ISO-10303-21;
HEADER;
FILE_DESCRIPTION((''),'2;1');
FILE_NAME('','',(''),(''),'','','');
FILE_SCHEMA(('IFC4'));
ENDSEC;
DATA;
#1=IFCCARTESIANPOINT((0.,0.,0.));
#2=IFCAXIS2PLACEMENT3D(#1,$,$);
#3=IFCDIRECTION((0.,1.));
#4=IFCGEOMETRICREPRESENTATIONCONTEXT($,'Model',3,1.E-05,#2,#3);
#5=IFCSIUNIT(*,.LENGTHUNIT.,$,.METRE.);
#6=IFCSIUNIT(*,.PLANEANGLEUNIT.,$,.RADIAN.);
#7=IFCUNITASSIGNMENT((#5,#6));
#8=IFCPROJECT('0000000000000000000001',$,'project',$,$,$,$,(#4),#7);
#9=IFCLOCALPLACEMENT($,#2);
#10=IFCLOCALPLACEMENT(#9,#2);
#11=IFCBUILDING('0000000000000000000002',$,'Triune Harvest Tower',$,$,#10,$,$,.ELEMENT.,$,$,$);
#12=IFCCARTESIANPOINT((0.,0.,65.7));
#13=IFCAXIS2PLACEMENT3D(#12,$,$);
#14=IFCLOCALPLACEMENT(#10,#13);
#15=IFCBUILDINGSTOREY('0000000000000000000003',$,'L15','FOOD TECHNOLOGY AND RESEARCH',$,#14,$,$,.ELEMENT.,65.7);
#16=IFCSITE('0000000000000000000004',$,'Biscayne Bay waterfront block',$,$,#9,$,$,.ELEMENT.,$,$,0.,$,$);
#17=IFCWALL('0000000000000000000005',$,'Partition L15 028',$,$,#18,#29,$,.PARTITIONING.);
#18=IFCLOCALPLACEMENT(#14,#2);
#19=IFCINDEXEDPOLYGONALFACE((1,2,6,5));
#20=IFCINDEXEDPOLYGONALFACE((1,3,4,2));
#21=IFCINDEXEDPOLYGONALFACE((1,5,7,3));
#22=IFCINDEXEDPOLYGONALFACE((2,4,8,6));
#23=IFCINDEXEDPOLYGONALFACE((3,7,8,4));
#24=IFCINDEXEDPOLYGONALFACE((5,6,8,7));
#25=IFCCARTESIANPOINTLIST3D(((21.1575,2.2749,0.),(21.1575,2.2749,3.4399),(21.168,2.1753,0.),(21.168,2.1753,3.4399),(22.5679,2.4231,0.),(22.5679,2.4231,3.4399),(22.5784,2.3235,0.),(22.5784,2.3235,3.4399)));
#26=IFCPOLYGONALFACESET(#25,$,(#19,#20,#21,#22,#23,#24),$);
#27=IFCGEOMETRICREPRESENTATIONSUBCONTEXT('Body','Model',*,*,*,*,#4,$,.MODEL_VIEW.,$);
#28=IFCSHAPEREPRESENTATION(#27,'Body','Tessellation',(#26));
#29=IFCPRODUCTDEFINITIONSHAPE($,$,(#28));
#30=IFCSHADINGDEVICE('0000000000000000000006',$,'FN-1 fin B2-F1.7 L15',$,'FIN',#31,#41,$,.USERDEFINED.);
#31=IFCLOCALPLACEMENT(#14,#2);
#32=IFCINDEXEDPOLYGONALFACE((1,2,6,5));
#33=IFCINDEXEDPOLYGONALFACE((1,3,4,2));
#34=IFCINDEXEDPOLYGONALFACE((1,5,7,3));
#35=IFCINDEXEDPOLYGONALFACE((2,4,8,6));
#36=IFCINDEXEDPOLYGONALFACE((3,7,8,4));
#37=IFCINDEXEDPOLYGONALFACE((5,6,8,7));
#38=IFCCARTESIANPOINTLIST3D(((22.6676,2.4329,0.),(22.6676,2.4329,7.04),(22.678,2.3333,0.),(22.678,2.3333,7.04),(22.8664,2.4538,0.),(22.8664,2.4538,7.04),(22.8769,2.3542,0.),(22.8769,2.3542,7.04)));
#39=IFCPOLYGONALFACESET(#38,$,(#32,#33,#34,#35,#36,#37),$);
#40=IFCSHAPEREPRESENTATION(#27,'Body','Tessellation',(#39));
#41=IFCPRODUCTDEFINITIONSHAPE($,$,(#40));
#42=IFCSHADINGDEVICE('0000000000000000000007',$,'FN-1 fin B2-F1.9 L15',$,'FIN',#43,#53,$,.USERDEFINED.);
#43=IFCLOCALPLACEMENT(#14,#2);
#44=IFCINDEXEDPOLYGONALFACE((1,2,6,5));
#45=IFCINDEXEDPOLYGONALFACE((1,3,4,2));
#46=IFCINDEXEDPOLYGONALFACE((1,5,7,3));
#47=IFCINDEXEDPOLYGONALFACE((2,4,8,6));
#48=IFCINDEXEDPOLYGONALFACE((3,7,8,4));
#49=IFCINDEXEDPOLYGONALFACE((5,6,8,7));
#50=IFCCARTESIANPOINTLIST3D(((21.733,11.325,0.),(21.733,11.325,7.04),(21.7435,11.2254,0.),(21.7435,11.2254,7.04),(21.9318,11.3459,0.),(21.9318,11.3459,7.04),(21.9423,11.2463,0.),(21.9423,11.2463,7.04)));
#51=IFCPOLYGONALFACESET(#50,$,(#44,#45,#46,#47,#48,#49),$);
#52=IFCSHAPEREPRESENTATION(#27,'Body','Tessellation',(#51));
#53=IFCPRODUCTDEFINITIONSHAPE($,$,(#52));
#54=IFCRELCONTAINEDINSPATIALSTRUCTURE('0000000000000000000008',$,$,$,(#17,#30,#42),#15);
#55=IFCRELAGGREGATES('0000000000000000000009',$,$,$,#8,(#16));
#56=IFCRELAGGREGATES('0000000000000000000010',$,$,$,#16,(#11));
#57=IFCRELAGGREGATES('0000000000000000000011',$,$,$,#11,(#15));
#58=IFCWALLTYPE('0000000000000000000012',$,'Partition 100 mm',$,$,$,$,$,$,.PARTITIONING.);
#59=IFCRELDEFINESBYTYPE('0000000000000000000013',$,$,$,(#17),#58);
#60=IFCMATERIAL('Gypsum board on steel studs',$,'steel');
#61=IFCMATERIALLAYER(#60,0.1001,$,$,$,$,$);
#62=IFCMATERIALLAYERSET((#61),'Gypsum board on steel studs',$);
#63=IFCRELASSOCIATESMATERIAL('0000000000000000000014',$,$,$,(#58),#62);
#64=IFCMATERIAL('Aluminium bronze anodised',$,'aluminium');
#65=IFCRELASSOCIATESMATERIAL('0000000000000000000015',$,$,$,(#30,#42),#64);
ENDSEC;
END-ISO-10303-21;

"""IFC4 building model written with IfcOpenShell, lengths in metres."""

from ifc_helpers import new_model, si_unit, direction, frame, frame_2d, origin, origin_2d, place, context, subcontext, project, spatial, rectangle, extrude, source, transform, mapped, material, layer, layer_set, type_object, element, save


model = new_model("IFC4")

# Units and contexts
model_context = context("Model", 3, precision=1e-05, world=origin(), true_north=direction((0.0, 1.0)))
body_context = subcontext(model_context, "Body", "Model", "MODEL_VIEW")
ifc_project = project(units=[si_unit("LENGTHUNIT", "METRE"), si_unit("PLANEANGLEUNIT", "RADIAN")], contexts=[model_context])

# Site, building, storey
site_placement = place(None, origin())
site = spatial("IfcSite", under=ifc_project, at=site_placement, Name="Biscayne Bay waterfront block", CompositionType="ELEMENT", RefElevation=0.0)
building_placement = place(site_placement, origin())
building = spatial("IfcBuilding", under=site, at=building_placement, Name="Triune Harvest Tower", CompositionType="ELEMENT")
storey_placement = place(building_placement, frame((0.0, 0.0, 65.7)))
storey = spatial("IfcBuildingStorey", under=building, at=storey_placement, Name="L15", Description="FOOD TECHNOLOGY AND RESEARCH", CompositionType="ELEMENT", Elevation=65.7)

# Wall
ifc_material_1 = material(Name="Gypsum board on steel studs", Category="steel")
ifc_layer_1 = layer(ifc_material_1, 0.1001)
ifc_layer_set_1 = layer_set([ifc_layer_1], Name="Gypsum board on steel studs")
wall_type = type_object("IfcWallType", Name="Partition 100 mm", PredefinedType="PARTITIONING", material=ifc_layer_set_1)
shared_shape_1 = source(origin(), body_context, "Body", "SweptSolid", [
    extrude(rectangle(XDim=1.4182, YDim=0.1001, at=frame_2d((0.709, 0.0))), origin(), (0.0, 0.0, 1.0), 3.4399),
])
wall_placement = place(storey_placement, frame((21.1628, 2.2251, 0.0), z_axis=(0.0, 0.0, 1.0), x_axis=(0.994525, 0.104497, 0.0)))
element("IfcWall", 1, at=wall_placement, inside=storey, type_object=wall_type, Name="Partition L15 028", PredefinedType="PARTITIONING", context=body_context, shape_type="MappedRepresentation", body=[
    mapped(shared_shape_1, transform((0.0, 0.0, 0.0), scale=1.0)),
])

# Shading devices
ifc_material_2 = material(Name="Aluminium bronze anodised", Category="aluminium")
shared_shape_2 = source(origin(), body_context, "Body", "SweptSolid", [
    extrude(rectangle(XDim=0.1001, YDim=0.2, at=origin_2d()), origin(), (0.0, 0.0, 1.0), 7.04),
])
for number, where, z_axis, x_axis, name in (
    (2, (22.7722, 2.3936, 0.0), (0.0, 0.0, 1.0), (-0.104528, 0.994522, 0.0), "FN-1 fin B2-F1.7 L15"),
    (3, (21.8376, 11.2856, 0.0), (0.0, 0.0, 1.0), (-0.104528, 0.994522, 0.0), "FN-1 fin B2-F1.9 L15"),
):
    element("IfcShadingDevice", number, at=place(storey_placement, frame(where, z_axis=z_axis, x_axis=x_axis)), inside=storey, material=ifc_material_2, Name=name, ObjectType="FIN", PredefinedType="USERDEFINED", context=body_context, shape_type="MappedRepresentation", body=[
        mapped(shared_shape_2, transform((0.0, 0.0, 0.0), scale=1.0)),
    ])

save(model, "model.ifc")
